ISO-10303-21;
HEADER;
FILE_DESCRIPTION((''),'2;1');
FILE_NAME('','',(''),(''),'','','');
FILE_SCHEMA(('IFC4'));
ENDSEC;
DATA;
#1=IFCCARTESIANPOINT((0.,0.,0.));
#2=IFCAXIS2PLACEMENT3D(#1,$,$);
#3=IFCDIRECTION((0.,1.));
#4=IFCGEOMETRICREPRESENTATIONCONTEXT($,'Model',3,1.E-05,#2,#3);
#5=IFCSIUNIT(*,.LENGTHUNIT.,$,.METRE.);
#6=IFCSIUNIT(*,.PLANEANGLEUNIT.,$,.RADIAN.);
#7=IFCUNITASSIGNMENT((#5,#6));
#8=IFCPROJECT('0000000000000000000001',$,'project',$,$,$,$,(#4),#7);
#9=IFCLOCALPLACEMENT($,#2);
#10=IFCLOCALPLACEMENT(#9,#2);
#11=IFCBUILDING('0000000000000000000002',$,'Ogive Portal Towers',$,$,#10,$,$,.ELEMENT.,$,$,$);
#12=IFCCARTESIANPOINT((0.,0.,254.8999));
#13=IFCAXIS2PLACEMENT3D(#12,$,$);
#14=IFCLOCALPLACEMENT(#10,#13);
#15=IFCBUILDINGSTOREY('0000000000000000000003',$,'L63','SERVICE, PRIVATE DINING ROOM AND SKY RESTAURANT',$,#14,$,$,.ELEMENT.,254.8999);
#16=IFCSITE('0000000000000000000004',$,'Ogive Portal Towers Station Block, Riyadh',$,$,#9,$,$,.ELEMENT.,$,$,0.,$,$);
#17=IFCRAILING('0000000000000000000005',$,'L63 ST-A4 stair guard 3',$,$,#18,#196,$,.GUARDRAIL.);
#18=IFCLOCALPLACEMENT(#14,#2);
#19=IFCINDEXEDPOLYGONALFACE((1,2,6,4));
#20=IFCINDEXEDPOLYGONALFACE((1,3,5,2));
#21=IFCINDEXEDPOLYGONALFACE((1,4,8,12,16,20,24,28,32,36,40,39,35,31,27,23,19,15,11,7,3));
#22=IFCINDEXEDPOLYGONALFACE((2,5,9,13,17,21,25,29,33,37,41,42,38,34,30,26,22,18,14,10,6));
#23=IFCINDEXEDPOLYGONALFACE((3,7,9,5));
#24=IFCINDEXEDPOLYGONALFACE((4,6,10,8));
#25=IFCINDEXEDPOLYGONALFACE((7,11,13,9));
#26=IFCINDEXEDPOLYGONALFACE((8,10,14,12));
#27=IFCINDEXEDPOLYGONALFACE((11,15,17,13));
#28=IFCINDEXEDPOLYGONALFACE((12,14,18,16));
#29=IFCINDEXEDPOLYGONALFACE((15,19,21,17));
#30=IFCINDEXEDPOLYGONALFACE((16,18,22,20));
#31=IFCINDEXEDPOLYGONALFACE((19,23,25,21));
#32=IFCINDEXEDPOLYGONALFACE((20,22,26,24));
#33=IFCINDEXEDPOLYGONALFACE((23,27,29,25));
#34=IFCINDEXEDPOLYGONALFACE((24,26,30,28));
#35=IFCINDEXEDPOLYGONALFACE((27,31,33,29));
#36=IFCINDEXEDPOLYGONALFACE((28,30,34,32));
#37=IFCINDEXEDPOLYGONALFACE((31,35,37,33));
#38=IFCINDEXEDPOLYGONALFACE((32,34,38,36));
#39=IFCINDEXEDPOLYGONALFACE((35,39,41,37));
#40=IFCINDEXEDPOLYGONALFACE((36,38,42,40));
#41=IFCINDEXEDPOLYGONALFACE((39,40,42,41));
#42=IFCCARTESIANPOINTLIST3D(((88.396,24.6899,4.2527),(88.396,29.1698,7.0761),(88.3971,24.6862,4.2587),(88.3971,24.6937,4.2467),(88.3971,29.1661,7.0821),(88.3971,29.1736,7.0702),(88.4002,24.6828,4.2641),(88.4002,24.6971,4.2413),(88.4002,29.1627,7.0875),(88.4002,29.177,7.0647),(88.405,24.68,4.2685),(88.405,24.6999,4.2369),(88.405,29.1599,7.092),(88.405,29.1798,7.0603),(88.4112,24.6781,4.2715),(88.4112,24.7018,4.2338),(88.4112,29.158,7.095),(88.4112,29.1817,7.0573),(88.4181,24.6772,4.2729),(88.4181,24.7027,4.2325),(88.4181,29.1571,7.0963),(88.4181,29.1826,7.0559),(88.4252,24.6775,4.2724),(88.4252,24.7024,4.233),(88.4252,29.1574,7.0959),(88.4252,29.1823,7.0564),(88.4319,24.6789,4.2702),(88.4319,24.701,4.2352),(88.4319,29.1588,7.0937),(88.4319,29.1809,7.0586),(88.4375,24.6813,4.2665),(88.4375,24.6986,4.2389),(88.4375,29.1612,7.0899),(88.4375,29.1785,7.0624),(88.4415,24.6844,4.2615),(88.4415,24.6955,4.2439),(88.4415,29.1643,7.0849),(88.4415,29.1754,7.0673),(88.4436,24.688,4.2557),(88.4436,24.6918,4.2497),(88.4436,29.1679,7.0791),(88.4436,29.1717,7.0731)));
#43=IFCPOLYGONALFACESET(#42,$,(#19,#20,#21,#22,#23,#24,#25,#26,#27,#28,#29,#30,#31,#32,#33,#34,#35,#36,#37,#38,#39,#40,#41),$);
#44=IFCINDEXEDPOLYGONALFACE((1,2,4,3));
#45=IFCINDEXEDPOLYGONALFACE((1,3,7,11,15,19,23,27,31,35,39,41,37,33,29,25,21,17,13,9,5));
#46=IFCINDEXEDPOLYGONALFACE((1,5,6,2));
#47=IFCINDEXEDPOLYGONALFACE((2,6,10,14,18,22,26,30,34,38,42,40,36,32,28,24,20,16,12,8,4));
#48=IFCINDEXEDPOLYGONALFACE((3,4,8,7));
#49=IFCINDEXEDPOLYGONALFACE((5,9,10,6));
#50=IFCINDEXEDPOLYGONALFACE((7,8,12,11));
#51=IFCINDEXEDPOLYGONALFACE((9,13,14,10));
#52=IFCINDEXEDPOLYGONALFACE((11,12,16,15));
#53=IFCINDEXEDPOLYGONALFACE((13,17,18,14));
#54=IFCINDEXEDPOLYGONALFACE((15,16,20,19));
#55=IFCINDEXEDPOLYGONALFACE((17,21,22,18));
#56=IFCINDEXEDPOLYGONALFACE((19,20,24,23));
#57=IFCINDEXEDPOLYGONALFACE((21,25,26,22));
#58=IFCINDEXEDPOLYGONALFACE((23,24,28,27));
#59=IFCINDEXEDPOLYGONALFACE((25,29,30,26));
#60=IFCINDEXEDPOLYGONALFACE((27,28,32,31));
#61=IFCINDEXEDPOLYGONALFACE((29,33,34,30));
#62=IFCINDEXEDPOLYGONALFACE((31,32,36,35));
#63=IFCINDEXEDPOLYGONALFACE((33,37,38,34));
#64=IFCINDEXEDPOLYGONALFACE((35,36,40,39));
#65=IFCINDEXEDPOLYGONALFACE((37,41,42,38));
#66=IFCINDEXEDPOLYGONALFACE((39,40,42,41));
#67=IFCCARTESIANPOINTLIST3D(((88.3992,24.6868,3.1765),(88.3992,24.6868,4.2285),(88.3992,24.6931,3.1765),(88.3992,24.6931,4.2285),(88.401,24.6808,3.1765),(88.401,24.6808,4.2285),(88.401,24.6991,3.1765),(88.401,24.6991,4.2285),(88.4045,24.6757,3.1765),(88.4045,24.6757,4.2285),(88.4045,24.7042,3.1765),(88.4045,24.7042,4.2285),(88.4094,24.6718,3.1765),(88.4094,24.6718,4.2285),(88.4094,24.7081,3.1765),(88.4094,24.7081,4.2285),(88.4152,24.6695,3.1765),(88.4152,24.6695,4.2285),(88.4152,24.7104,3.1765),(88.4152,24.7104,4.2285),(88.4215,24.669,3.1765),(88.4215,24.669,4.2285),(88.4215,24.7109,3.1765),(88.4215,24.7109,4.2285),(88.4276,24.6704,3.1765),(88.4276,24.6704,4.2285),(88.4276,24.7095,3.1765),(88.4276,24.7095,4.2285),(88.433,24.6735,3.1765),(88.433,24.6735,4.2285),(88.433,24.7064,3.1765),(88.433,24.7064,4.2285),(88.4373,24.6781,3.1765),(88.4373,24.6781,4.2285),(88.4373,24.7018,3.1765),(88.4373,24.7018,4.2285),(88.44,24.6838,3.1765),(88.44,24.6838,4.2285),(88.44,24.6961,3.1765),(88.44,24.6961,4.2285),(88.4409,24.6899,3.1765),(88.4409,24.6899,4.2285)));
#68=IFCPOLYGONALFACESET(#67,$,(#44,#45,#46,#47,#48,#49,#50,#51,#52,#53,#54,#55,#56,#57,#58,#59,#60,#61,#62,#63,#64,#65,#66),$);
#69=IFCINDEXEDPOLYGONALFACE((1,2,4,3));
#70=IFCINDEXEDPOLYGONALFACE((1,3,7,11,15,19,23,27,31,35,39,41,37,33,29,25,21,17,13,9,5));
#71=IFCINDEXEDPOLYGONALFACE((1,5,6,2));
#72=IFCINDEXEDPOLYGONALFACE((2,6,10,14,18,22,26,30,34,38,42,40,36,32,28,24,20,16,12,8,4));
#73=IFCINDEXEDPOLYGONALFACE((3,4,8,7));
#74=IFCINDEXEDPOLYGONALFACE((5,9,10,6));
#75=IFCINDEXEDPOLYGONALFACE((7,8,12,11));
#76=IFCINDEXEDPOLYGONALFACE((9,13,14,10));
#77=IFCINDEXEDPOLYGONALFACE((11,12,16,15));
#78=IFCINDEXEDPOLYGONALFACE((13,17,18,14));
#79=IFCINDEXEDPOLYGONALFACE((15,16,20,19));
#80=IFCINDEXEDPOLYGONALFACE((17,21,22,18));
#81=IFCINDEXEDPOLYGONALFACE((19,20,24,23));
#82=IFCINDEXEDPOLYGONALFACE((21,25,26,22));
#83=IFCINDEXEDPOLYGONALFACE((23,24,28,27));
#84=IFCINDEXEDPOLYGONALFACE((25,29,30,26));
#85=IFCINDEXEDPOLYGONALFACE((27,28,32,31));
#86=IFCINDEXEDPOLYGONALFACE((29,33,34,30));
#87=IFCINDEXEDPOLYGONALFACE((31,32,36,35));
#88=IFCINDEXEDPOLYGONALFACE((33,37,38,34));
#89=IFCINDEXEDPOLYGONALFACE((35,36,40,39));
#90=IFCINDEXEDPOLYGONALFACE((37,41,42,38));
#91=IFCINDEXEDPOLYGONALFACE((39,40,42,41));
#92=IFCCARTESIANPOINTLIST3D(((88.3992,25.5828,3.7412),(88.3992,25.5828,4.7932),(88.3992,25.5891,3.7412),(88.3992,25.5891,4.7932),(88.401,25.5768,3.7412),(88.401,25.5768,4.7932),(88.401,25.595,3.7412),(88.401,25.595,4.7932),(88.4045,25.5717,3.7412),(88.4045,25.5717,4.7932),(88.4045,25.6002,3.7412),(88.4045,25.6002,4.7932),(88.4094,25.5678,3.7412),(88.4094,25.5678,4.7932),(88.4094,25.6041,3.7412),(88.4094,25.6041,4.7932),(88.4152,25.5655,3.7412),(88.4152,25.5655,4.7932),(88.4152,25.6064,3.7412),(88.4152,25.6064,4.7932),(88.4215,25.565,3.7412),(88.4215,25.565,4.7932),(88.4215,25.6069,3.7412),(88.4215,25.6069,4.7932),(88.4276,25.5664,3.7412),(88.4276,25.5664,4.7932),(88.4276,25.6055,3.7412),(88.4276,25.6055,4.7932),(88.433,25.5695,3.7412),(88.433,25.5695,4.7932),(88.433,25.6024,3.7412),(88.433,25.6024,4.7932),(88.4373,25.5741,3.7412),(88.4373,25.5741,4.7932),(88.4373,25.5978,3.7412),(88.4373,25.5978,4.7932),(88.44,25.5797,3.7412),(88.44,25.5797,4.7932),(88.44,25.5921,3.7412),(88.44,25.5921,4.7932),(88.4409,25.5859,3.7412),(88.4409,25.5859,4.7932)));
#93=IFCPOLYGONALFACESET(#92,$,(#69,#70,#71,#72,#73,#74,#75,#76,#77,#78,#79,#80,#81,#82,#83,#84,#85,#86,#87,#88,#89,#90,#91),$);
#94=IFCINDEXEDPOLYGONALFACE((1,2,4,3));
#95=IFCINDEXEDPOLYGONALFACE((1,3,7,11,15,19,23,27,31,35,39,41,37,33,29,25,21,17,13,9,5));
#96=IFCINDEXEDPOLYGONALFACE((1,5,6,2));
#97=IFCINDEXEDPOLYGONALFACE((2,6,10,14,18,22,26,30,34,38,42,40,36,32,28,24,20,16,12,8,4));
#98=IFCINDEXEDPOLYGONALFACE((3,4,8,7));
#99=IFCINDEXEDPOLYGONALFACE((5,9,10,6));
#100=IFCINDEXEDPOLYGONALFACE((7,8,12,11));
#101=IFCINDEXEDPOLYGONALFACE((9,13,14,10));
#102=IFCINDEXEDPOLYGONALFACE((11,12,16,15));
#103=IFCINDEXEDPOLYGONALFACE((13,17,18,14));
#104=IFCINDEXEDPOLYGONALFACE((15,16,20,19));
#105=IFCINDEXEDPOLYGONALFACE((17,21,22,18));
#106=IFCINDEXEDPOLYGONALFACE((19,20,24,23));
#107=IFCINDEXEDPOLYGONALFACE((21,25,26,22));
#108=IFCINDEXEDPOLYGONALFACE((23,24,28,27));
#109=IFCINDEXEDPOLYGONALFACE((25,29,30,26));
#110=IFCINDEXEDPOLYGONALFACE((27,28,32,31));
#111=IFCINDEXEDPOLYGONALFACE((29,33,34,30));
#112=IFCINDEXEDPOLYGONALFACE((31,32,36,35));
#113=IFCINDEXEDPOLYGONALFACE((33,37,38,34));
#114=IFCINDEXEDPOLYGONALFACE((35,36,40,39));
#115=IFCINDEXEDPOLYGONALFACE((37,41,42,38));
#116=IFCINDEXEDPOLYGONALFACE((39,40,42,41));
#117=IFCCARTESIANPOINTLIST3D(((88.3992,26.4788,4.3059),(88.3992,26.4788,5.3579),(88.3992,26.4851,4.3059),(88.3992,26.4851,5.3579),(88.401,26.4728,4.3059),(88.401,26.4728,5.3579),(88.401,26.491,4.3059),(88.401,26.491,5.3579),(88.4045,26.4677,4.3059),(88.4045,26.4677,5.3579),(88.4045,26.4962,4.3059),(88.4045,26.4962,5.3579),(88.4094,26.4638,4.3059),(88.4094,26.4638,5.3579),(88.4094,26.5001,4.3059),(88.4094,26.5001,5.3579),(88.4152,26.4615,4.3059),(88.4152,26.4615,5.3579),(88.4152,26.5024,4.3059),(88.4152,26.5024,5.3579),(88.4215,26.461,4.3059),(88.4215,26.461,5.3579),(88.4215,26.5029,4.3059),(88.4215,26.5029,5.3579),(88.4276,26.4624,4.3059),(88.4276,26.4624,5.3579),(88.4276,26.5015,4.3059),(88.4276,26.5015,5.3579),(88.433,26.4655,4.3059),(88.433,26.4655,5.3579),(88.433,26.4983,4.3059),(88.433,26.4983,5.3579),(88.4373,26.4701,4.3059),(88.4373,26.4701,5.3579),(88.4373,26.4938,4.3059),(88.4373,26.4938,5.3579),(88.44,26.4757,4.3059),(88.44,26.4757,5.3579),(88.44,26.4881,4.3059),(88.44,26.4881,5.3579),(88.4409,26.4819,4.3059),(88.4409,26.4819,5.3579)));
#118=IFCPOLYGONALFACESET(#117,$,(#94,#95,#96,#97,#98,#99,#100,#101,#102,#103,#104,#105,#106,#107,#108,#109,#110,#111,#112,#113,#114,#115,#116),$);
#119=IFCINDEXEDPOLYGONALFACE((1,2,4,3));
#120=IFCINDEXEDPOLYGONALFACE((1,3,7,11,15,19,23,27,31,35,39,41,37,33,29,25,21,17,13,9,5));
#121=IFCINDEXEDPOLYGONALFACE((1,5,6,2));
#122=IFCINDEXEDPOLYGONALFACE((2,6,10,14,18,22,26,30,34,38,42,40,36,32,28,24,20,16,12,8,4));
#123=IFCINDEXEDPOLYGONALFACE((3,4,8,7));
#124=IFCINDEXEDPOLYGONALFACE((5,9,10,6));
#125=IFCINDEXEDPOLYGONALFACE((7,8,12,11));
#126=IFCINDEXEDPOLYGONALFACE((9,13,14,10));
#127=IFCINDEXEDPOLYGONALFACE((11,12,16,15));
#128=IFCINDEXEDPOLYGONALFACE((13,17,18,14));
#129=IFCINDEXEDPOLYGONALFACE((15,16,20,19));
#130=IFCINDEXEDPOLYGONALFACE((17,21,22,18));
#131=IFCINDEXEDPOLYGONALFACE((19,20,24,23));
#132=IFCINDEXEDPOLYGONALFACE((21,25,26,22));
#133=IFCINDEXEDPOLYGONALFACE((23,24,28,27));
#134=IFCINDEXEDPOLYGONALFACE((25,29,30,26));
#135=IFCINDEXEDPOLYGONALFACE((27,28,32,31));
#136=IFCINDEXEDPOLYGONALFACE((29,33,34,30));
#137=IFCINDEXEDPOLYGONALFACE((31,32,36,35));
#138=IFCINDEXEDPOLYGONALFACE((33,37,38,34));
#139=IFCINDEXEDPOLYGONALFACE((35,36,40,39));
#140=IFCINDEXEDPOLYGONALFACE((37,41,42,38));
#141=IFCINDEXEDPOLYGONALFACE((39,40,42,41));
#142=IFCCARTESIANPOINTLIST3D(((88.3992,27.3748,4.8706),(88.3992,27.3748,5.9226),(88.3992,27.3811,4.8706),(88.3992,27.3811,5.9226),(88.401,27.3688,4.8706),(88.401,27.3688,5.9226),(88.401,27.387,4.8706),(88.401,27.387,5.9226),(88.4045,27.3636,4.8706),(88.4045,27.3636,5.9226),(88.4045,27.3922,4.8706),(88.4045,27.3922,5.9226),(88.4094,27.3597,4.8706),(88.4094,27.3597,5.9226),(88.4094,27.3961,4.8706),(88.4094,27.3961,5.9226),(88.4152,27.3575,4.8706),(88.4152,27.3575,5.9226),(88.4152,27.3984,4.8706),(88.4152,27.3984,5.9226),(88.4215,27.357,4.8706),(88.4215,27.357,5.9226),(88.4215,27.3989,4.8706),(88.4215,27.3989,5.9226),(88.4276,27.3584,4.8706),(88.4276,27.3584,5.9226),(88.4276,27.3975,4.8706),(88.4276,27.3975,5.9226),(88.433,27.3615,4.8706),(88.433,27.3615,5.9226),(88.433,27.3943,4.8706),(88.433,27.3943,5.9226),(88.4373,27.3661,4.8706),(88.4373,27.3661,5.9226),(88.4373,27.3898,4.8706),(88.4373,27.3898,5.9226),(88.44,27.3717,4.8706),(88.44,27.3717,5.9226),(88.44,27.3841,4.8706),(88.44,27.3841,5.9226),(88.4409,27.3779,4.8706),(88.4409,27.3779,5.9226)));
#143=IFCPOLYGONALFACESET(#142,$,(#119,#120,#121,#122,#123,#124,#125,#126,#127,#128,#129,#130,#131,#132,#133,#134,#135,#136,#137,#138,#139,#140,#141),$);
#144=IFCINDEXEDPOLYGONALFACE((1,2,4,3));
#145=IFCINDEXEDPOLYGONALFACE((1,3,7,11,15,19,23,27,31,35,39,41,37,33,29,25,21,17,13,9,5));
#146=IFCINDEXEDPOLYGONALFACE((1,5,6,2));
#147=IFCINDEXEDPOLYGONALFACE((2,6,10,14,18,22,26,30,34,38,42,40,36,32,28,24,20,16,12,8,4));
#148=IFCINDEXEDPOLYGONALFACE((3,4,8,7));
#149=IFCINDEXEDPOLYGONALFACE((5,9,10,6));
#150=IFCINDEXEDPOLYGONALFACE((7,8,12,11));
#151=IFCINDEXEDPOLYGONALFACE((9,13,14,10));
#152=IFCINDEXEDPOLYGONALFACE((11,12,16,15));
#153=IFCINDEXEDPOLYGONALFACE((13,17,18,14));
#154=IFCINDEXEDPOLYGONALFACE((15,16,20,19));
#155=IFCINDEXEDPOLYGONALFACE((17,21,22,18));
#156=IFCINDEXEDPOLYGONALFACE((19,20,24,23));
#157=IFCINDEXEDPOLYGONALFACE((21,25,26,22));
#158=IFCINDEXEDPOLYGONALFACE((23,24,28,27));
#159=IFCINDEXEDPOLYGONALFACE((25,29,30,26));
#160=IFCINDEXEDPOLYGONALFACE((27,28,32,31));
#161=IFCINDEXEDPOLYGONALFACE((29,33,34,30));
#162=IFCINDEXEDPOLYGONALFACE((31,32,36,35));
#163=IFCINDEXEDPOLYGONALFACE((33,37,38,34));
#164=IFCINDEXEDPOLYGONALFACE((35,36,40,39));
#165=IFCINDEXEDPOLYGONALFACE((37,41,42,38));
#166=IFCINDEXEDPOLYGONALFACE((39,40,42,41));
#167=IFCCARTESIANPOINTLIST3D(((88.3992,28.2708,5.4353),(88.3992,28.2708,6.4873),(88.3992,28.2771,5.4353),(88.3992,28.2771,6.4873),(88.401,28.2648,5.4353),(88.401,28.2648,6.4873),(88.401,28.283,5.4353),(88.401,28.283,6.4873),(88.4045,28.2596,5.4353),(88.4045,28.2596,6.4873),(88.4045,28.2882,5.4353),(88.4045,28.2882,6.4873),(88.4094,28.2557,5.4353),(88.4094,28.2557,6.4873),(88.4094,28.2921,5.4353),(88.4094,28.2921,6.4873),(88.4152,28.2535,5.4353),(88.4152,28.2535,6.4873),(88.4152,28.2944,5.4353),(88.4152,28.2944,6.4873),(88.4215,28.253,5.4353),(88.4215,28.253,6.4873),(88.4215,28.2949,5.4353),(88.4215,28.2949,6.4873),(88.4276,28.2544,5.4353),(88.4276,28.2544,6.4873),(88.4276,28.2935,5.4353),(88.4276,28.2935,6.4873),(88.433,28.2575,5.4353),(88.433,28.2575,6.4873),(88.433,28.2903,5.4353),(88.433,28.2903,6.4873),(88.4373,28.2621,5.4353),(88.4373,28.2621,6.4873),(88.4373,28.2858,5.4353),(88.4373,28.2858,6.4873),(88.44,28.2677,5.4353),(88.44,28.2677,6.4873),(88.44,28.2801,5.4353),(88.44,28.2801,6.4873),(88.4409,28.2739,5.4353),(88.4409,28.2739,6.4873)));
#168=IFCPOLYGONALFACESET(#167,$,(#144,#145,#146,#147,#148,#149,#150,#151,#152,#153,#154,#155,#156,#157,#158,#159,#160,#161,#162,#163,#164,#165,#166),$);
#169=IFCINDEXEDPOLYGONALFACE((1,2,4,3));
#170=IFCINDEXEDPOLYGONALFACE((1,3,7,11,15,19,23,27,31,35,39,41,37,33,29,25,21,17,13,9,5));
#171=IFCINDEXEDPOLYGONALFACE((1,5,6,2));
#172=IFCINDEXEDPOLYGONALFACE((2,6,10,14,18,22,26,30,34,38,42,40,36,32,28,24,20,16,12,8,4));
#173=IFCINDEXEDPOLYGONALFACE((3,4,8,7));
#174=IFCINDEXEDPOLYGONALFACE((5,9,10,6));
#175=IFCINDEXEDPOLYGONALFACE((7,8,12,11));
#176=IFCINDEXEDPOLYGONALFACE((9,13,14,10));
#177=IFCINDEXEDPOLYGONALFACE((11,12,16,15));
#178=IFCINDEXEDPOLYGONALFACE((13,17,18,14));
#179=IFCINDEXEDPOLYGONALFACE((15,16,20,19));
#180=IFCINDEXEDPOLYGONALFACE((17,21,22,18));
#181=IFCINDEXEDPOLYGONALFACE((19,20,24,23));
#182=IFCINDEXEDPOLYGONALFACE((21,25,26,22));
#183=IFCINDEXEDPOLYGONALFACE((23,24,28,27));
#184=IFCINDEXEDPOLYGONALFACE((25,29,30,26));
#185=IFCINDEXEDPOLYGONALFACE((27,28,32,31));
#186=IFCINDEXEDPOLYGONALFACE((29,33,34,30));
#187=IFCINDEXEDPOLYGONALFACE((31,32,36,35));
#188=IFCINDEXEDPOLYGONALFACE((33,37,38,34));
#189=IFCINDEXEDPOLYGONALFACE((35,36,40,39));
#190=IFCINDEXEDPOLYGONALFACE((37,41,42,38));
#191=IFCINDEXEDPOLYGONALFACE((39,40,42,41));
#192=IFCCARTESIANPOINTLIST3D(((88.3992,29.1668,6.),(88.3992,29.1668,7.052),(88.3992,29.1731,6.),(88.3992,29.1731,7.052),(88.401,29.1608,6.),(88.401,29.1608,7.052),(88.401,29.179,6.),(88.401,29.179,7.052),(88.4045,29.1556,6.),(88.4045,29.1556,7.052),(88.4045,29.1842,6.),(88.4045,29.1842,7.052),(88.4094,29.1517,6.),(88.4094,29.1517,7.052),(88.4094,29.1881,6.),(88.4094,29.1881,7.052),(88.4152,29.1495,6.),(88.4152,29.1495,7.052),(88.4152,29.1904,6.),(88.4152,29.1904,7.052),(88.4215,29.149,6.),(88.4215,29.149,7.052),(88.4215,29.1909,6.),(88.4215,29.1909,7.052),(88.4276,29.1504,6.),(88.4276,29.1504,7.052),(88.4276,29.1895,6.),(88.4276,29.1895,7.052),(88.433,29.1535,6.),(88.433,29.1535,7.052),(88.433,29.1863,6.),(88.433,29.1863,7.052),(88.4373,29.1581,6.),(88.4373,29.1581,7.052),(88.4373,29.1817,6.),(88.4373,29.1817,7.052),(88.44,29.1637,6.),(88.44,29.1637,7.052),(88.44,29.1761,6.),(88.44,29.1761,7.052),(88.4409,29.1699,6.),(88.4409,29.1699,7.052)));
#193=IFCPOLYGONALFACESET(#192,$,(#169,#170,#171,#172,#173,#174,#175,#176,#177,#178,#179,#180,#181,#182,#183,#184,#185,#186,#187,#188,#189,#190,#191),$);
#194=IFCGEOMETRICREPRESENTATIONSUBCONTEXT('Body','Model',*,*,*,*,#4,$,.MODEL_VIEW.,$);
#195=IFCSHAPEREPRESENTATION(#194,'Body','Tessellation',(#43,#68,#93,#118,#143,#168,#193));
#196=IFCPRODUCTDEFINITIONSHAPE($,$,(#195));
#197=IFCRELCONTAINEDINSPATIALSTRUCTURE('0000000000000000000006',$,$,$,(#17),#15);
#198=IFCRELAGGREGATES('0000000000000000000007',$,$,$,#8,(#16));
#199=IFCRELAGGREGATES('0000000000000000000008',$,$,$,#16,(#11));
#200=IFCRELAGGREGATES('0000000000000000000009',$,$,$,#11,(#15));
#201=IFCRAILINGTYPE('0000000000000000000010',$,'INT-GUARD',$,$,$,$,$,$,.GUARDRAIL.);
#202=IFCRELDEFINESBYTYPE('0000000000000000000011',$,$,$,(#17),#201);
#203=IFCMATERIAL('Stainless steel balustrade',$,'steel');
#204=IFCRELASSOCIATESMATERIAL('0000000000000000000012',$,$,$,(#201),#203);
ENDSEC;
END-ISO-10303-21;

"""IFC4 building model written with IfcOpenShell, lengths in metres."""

from ifc_helpers import new_model, si_unit, direction, frame, origin, origin_2d, place, context, subcontext, project, spatial, circle, extrude, material, type_object, element, save


model = new_model("IFC4")

# Units and contexts
model_context = context("Model", 3, precision=1e-05, world=origin(), true_north=direction((0.0, 1.0)))
body_context = subcontext(model_context, "Body", "Model", "MODEL_VIEW")
ifc_project = project(units=[si_unit("LENGTHUNIT", "METRE"), si_unit("PLANEANGLEUNIT", "RADIAN")], contexts=[model_context])

# Site, building, storey
site_placement = place(None, origin())
site = spatial("IfcSite", under=ifc_project, at=site_placement, Name="Ogive Portal Towers Station Block, Riyadh", CompositionType="ELEMENT", RefElevation=0.0)
building_placement = place(site_placement, origin())
building = spatial("IfcBuilding", under=site, at=building_placement, Name="Ogive Portal Towers", CompositionType="ELEMENT")
storey_placement = place(building_placement, frame((0.0, 0.0, 254.8999)))
storey = spatial("IfcBuildingStorey", under=building, at=storey_placement, Name="L63", Description="SERVICE, PRIVATE DINING ROOM AND SKY RESTAURANT", CompositionType="ELEMENT", Elevation=254.8999)

# Railing
ifc_material_1 = material(Name="Stainless steel balustrade", Category="steel")
railing_type_1 = type_object("IfcRailingType", Name="INT-GUARD", PredefinedType="GUARDRAIL", material=ifc_material_1)
railing_1_placement = place(storey_placement, frame((88.4199, 24.6899, 3.1765)))
element("IfcRailing", 1, at=railing_1_placement, inside=storey, type_object=railing_type_1, Name="L63 ST-A4 stair guard 3", PredefinedType="GUARDRAIL", context=body_context, shape_type="SweptSolid", body=[
    extrude(circle(Radius=0.0239, at=origin_2d()), frame((0.0, 0.0, 1.0762), z_axis=(0.0, 0.845998, 0.533186), x_axis=(-1.0, 0.0, 0.0)), (0.0, 0.0, 1.0), 5.2954),
    extrude(circle(Radius=0.021, at=origin_2d()), origin(), (0.0, 0.0, 1.0), 1.052),
    extrude(circle(Radius=0.021, at=origin_2d()), frame((0.0, 0.896, 0.5647)), (0.0, 0.0, 1.0), 1.052),
    extrude(circle(Radius=0.021, at=origin_2d()), frame((0.0, 1.792, 1.1294)), (0.0, 0.0, 1.0), 1.052),
    extrude(circle(Radius=0.021, at=origin_2d()), frame((0.0, 2.688, 1.6941)), (0.0, 0.0, 1.0), 1.052),
    extrude(circle(Radius=0.021, at=origin_2d()), frame((0.0, 3.584, 2.2588)), (0.0, 0.0, 1.0), 1.052),
    extrude(circle(Radius=0.021, at=origin_2d()), frame((0.0, 4.48, 2.8235)), (0.0, 0.0, 1.0), 1.052),
])

save(model, "model.ifc")
